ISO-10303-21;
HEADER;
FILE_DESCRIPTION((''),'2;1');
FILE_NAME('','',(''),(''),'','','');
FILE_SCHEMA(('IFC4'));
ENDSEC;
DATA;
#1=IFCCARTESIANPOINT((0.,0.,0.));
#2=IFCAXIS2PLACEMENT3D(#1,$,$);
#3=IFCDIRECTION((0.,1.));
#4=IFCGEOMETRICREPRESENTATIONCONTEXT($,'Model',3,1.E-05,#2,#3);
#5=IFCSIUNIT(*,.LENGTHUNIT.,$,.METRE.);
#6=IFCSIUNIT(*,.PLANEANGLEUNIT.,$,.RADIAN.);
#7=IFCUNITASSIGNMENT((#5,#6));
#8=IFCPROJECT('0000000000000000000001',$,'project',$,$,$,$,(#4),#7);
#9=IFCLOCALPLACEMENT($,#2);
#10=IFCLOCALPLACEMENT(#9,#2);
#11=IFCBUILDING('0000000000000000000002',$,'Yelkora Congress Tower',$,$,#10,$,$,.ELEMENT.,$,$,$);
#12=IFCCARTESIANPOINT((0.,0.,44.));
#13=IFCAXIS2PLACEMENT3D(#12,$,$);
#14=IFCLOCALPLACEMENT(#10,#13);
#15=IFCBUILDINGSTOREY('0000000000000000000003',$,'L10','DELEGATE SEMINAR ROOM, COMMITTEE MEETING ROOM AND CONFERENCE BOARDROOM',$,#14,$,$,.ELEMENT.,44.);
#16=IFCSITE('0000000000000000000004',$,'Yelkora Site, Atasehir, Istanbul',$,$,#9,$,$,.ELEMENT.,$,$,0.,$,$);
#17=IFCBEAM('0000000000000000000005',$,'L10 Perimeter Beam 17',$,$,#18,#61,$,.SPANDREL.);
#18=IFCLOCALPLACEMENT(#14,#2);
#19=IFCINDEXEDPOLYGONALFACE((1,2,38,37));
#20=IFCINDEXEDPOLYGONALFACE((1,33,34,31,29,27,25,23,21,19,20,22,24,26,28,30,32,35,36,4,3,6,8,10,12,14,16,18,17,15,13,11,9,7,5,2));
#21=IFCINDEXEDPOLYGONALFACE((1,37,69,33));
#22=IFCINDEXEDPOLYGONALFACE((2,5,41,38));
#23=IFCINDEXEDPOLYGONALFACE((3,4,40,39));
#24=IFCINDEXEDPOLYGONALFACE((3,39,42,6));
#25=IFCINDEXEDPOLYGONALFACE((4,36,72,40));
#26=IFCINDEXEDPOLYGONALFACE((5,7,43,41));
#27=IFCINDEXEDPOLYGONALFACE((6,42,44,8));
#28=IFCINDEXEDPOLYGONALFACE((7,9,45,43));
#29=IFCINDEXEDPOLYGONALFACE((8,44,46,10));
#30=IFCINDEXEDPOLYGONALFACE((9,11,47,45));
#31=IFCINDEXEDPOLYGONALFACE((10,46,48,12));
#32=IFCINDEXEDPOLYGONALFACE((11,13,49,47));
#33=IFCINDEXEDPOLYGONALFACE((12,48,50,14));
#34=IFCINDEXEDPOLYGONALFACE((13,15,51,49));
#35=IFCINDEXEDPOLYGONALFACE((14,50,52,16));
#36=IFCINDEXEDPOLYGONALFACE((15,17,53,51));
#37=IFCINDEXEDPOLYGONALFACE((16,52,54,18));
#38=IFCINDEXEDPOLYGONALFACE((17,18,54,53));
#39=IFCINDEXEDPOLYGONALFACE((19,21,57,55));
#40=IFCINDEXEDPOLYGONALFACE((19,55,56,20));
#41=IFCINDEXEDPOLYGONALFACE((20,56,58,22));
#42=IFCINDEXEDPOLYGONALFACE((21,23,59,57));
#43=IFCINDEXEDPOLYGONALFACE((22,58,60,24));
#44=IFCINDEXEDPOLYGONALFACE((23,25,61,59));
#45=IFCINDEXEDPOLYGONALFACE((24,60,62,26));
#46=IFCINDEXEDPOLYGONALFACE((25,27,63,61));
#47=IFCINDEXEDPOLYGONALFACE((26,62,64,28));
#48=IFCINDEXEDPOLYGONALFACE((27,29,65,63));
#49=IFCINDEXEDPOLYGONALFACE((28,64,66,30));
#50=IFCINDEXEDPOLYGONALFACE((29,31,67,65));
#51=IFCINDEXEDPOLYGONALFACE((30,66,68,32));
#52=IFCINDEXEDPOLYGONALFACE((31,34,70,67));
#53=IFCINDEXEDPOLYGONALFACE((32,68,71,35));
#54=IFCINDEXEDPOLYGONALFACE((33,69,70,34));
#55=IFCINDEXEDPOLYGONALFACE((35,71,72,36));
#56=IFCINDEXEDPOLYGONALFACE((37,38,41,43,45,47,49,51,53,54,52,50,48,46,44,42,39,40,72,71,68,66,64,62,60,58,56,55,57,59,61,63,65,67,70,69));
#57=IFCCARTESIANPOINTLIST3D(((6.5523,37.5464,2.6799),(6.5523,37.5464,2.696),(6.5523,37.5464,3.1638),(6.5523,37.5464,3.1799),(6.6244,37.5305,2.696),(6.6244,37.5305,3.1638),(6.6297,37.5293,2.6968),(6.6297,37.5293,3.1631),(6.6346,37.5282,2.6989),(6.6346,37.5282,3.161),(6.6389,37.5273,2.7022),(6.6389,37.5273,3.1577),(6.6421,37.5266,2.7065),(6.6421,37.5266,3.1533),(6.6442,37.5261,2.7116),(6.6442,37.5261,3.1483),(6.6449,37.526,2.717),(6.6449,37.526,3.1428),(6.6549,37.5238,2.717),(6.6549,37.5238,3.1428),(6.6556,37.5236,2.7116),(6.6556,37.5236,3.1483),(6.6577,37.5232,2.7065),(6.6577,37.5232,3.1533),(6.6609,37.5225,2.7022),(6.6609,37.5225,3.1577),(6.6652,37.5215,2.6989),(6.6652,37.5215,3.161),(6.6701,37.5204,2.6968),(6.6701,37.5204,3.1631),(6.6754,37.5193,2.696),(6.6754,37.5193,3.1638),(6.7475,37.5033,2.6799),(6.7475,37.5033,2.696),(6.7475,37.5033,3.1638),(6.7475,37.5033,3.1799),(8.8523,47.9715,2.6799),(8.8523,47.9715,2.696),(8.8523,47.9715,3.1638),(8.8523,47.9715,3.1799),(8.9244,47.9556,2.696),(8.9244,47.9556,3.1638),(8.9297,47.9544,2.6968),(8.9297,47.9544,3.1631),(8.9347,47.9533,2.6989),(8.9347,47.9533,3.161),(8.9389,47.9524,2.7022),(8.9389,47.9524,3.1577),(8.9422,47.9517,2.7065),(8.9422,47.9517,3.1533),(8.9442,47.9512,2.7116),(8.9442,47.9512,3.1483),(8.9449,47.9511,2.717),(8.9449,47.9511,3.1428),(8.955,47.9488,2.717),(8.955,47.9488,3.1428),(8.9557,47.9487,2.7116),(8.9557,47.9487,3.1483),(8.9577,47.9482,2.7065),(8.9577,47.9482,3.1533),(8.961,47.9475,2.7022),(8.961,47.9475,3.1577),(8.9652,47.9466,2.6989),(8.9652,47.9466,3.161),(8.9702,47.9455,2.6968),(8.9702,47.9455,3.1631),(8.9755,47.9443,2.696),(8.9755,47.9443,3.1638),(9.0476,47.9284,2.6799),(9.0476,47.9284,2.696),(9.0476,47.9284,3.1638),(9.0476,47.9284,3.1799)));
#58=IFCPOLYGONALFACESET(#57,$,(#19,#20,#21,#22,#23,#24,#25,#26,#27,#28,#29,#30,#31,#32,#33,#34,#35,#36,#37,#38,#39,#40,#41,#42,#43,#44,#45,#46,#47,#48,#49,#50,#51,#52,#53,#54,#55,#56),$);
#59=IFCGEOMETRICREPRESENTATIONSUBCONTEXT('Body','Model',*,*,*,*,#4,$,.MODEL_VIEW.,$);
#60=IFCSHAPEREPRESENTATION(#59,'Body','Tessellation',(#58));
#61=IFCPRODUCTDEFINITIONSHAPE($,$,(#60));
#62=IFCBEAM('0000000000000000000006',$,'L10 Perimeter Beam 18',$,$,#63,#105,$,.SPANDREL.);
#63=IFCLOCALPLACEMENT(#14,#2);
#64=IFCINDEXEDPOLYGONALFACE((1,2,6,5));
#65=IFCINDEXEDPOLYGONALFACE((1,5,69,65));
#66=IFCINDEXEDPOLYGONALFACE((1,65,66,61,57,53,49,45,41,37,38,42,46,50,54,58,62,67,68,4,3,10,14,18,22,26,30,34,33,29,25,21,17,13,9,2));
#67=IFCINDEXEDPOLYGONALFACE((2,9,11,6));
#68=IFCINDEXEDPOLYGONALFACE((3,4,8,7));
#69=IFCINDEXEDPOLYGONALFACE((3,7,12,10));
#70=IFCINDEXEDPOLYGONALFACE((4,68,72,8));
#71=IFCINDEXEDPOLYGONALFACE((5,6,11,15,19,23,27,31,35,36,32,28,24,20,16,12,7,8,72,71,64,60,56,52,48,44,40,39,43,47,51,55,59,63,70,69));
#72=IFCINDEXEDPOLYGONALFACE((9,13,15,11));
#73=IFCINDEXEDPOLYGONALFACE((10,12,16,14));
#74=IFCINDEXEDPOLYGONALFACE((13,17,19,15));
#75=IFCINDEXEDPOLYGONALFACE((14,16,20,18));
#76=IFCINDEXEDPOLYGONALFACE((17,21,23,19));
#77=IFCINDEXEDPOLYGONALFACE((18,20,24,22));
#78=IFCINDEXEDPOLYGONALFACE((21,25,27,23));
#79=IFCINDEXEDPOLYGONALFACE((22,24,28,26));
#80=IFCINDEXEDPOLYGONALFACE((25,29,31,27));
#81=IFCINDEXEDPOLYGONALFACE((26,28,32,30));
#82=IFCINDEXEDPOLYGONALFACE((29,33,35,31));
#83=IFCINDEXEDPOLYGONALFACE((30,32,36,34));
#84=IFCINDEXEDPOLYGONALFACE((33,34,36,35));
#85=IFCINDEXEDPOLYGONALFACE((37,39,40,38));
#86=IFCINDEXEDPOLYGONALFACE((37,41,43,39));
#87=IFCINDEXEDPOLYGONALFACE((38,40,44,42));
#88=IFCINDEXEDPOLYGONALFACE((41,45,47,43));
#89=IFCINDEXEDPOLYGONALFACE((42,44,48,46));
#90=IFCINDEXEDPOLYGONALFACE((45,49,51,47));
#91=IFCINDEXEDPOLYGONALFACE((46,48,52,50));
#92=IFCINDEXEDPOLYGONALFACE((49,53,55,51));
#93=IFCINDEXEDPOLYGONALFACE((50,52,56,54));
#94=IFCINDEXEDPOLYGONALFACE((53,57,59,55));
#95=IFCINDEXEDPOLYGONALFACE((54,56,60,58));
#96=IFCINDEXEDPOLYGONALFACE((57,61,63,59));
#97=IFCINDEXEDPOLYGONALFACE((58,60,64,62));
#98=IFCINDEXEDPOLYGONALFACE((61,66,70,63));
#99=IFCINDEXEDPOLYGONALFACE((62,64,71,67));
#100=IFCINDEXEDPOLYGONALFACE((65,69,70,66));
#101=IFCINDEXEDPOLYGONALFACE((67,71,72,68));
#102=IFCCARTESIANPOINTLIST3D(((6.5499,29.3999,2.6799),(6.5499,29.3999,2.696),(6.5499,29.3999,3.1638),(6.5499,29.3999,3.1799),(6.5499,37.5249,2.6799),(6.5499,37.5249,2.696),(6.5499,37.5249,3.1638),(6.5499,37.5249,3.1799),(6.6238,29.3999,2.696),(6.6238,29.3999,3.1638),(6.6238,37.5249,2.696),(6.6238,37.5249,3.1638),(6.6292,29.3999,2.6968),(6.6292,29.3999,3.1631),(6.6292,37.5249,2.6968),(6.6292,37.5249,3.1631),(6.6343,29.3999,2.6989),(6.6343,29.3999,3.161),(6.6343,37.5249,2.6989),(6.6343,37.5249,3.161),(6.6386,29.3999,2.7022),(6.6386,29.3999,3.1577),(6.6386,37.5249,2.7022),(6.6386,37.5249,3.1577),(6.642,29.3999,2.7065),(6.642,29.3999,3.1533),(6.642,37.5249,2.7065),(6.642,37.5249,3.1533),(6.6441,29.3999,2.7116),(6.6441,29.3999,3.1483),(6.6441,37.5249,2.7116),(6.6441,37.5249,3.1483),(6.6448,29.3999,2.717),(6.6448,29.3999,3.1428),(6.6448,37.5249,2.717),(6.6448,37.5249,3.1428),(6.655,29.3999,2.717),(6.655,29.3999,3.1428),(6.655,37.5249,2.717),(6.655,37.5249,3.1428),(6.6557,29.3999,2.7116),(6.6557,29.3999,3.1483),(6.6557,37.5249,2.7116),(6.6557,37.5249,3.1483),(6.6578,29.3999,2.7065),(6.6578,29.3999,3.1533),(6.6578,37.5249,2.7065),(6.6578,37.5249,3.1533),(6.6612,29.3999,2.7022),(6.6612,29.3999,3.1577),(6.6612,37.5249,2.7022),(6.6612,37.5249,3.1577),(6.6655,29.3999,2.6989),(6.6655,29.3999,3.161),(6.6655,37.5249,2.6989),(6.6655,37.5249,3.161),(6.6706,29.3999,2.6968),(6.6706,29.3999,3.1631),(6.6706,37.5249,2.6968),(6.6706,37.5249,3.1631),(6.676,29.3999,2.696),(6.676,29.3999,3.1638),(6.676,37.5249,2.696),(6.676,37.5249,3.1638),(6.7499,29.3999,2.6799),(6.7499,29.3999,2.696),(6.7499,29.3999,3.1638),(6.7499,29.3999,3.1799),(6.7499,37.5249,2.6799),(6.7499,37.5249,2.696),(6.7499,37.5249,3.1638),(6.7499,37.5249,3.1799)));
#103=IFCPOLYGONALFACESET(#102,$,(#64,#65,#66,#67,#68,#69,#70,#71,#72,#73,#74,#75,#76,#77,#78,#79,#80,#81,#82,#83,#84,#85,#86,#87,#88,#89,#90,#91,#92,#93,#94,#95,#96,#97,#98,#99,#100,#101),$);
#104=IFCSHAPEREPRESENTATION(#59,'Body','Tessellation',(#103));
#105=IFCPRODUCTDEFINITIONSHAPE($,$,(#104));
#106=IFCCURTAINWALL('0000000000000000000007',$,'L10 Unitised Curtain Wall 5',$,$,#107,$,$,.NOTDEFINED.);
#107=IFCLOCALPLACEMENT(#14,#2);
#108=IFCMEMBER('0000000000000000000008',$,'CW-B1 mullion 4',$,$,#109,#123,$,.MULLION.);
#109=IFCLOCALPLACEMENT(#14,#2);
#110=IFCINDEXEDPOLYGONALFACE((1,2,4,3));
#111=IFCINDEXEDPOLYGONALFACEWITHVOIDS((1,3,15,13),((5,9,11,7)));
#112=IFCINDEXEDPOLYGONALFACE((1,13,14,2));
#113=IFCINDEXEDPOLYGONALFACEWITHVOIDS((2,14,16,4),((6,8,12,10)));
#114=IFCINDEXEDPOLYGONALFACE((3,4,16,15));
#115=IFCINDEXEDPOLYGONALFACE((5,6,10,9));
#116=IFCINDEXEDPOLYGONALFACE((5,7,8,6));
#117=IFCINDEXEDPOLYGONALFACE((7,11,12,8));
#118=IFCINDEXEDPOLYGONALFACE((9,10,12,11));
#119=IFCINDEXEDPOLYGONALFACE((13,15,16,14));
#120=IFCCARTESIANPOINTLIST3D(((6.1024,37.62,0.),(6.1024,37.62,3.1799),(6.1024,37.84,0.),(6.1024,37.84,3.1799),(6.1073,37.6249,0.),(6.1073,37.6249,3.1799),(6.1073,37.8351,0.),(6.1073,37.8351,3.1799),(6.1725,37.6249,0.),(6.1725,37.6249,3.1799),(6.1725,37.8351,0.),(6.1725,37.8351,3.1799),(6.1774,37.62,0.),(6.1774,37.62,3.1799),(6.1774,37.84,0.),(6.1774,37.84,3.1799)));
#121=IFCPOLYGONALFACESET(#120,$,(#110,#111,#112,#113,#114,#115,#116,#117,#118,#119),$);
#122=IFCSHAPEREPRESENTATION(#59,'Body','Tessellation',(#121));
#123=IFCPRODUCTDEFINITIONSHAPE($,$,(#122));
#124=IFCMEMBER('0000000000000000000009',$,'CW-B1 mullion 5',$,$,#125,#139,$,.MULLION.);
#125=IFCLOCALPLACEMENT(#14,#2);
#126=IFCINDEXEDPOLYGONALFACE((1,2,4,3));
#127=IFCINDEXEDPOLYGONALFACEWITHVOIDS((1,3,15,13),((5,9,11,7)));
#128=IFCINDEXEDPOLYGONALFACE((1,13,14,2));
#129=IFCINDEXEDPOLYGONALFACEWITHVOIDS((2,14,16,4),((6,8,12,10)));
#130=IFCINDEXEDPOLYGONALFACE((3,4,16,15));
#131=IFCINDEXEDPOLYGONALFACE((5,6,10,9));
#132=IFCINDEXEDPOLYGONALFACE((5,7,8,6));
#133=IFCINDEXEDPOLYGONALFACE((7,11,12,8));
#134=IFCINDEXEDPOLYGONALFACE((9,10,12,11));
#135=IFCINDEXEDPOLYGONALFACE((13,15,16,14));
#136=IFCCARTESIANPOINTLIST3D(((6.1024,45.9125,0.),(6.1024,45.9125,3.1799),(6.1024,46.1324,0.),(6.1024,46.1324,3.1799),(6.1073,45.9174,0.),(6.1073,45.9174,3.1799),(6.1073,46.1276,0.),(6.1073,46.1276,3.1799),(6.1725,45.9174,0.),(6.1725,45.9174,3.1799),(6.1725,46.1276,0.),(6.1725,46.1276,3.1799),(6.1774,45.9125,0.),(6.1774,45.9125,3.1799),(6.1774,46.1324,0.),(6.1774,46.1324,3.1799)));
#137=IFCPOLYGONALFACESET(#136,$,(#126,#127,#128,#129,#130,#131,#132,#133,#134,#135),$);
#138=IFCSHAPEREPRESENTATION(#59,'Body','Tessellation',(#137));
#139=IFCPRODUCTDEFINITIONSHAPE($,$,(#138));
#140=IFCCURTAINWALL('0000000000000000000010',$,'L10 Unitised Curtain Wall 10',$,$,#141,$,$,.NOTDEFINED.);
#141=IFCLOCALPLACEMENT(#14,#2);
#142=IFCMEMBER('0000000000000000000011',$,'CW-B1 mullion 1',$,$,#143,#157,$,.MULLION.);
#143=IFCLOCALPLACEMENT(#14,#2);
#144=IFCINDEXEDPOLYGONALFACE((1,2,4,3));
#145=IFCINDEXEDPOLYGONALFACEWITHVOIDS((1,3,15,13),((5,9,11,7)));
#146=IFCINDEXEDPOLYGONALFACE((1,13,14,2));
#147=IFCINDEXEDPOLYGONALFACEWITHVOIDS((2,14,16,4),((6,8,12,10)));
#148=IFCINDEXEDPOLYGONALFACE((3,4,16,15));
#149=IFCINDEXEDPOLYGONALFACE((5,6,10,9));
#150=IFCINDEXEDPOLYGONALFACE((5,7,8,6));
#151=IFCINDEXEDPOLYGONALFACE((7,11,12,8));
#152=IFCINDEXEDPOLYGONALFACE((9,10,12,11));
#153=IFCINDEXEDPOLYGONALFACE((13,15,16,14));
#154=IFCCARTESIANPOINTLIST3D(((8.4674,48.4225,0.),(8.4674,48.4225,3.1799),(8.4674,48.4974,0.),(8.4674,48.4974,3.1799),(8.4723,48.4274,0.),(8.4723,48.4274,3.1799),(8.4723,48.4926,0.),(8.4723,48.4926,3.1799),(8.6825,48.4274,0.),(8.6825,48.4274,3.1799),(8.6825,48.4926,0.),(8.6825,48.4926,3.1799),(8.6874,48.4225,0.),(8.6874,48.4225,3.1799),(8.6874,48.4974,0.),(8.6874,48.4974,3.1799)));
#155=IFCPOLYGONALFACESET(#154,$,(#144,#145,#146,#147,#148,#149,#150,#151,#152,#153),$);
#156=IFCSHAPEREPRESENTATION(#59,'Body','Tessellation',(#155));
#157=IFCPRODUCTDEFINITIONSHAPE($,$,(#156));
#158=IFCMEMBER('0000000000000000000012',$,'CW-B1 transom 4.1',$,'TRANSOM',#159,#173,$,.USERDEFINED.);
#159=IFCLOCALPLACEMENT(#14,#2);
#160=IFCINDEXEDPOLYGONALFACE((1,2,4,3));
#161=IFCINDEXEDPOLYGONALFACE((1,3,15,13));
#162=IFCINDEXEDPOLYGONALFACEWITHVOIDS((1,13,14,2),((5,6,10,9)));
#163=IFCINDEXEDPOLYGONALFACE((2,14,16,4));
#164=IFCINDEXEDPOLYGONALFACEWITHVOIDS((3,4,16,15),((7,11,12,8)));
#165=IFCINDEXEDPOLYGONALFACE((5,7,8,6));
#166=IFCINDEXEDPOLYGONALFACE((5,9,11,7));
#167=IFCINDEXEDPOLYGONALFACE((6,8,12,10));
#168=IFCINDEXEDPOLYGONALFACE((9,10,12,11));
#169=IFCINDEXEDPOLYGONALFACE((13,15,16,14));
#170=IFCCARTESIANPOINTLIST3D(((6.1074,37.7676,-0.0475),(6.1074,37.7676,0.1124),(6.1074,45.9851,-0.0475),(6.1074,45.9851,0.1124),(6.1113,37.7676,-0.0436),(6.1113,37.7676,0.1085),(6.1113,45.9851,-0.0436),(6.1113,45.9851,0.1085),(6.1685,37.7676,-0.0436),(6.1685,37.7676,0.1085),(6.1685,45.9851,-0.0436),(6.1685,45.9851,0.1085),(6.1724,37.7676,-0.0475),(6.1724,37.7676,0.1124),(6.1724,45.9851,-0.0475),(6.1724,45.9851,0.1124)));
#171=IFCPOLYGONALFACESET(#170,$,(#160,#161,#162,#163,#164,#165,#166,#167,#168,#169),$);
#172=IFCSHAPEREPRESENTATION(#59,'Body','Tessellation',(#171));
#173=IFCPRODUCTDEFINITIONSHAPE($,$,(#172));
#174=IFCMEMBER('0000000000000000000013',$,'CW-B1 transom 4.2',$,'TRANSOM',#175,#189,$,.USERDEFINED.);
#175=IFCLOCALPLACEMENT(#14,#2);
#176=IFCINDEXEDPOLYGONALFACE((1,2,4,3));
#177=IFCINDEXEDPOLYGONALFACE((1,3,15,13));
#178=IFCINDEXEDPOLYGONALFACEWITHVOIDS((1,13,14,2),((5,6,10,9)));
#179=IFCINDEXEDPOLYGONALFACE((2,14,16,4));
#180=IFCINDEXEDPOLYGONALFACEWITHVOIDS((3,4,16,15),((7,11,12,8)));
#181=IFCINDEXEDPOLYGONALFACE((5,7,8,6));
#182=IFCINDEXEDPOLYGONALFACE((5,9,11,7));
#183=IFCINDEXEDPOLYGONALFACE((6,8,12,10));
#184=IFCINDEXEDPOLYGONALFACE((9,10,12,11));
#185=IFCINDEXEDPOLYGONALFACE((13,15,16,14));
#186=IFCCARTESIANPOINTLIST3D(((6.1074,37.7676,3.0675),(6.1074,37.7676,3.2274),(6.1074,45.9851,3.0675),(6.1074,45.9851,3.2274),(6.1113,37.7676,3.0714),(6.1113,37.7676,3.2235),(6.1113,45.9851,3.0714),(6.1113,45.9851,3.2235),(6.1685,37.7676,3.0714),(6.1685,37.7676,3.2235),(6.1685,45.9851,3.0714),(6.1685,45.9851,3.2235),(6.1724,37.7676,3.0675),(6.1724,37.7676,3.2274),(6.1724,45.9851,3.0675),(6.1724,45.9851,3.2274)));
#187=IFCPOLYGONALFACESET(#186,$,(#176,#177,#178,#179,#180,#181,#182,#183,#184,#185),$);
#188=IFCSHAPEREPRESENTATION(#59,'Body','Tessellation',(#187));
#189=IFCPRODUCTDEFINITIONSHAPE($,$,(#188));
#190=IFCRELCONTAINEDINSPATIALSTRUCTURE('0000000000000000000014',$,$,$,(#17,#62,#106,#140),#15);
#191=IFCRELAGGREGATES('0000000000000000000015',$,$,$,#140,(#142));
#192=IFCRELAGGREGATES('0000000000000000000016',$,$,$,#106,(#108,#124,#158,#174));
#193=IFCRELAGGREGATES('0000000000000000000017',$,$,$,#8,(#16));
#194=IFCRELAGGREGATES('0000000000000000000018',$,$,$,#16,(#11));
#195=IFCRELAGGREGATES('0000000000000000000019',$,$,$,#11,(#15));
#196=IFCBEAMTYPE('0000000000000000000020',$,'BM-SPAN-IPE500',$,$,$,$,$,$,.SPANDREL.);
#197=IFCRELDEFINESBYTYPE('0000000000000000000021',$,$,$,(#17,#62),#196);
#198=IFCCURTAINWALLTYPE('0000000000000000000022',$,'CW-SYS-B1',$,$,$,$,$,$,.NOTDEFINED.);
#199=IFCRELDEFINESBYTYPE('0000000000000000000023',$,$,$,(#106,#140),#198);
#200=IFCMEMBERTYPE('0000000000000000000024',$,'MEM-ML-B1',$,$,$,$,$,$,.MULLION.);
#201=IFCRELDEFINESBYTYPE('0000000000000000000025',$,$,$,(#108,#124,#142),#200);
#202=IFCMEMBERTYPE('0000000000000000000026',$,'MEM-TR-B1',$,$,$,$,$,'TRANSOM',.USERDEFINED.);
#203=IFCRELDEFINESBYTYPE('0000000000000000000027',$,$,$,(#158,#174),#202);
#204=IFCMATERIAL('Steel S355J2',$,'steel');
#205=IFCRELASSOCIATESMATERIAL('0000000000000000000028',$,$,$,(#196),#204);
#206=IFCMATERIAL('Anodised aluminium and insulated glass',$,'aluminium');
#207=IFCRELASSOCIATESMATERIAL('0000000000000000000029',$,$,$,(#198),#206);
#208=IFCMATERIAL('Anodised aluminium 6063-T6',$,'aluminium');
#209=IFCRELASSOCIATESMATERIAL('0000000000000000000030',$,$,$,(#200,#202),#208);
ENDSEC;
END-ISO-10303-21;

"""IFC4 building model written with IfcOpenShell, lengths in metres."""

from ifc_helpers import new_model, si_unit, direction, frame, origin, origin_2d, place, context, subcontext, project, spatial, hollow_rectangle, i_section, extrude, material, material_profile, profile_set, type_object, element, aggregate, save


model = new_model("IFC4")

# Units and contexts
model_context = context("Model", 3, precision=1e-05, world=origin(), true_north=direction((0.0, 1.0)))
body_context = subcontext(model_context, "Body", "Model", "MODEL_VIEW")
ifc_project = project(units=[si_unit("LENGTHUNIT", "METRE"), si_unit("PLANEANGLEUNIT", "RADIAN")], contexts=[model_context])

# Site, building, storey
site_placement = place(None, origin())
site = spatial("IfcSite", under=ifc_project, at=site_placement, Name="Yelkora Site, Atasehir, Istanbul", CompositionType="ELEMENT", RefElevation=0.0)
building_placement = place(site_placement, origin())
building = spatial("IfcBuilding", under=site, at=building_placement, Name="Yelkora Congress Tower", CompositionType="ELEMENT")
storey_placement = place(building_placement, frame((0.0, 0.0, 44.0)))
storey = spatial("IfcBuildingStorey", under=building, at=storey_placement, Name="L10", Description="DELEGATE SEMINAR ROOM, COMMITTEE MEETING ROOM AND CONFERENCE BOARDROOM", CompositionType="ELEMENT", Elevation=44.0)

# Beams
ifc_material_1 = material(Name="Steel S355J2", Category="steel")
ifc_material_profile_1 = material_profile(ifc_material_1, i_section(OverallWidth=0.2, OverallDepth=0.5, WebThickness=0.0103, FlangeThickness=0.0161, FilletRadius=0.021, at=origin_2d()), Name="IPE 500")
ifc_profile_set_1 = profile_set([ifc_material_profile_1], Name="Steel S355J2")
beam_type_1 = type_object("IfcBeamType", Name="BM-SPAN-IPE500", PredefinedType="SPANDREL", material=ifc_profile_set_1)
beam_1_placement = place(storey_placement, frame((8.95, 47.95, 2.9299), z_axis=(-0.215446, -0.976516, 0.0), x_axis=(0.976516, -0.215446, 0.0)))
element("IfcBeam", 1, at=beam_1_placement, inside=storey, type_object=beam_type_1, Name="L10 Perimeter Beam 17", PredefinedType="SPANDREL", context=body_context, shape_type="SweptSolid", body=[
    extrude(i_section(OverallWidth=0.2, OverallDepth=0.5, WebThickness=0.0103, FlangeThickness=0.0161, FilletRadius=0.021, at=origin_2d()), origin(), (0.0, 0.0, 1.0), 10.6758),
])
beam_2_placement = place(storey_placement, frame((6.6499, 37.5249, 2.9299), z_axis=(0.0, -1.0, 0.0), x_axis=(1.0, 0.0, 0.0)))
element("IfcBeam", 2, at=beam_2_placement, inside=storey, type_object=beam_type_1, Name="L10 Perimeter Beam 18", PredefinedType="SPANDREL", context=body_context, shape_type="SweptSolid", body=[
    extrude(i_section(OverallWidth=0.2, OverallDepth=0.5, WebThickness=0.0103, FlangeThickness=0.0161, FilletRadius=0.021, at=origin_2d()), origin(), (0.0, 0.0, 1.0), 8.125),
])

# Curtain wall, members
ifc_material_2 = material(Name="Anodised aluminium and insulated glass", Category="aluminium")
curtain_wall_type = type_object("IfcCurtainWallType", Name="CW-SYS-B1", PredefinedType="NOTDEFINED", material=ifc_material_2)
curtain_wall_1_placement = place(storey_placement, origin())
curtain_wall_1 = element("IfcCurtainWall", 3, at=curtain_wall_1_placement, inside=storey, type_object=curtain_wall_type, Name="L10 Unitised Curtain Wall 5", PredefinedType="NOTDEFINED")
ifc_material_3 = material(Name="Anodised aluminium 6063-T6", Category="aluminium")
ifc_material_profile_2 = material_profile(ifc_material_3, hollow_rectangle(XDim=0.075, YDim=0.22, WallThickness=0.0049, at=origin_2d()), Name="ALU 75x220x5")
ifc_profile_set_2 = profile_set([ifc_material_profile_2], Name="Anodised aluminium 6063-T6")
member_type_1 = type_object("IfcMemberType", Name="MEM-ML-B1", PredefinedType="MULLION", material=ifc_profile_set_2)
member_1_placement = place(storey_placement, frame((6.1399, 37.73, 0.0), z_axis=(0.0, 0.0, 1.0), x_axis=(-1.0, 0.0, 0.0)))
member_1 = element("IfcMember", 4, at=member_1_placement, type_object=member_type_1, Name="CW-B1 mullion 4", PredefinedType="MULLION", context=body_context, shape_type="SweptSolid", body=[
    extrude(hollow_rectangle(XDim=0.075, YDim=0.22, WallThickness=0.0049, at=origin_2d()), origin(), (0.0, 0.0, 1.0), 3.1799),
])
member_2_placement = place(storey_placement, frame((6.1399, 46.0225, 0.0), z_axis=(0.0, 0.0, 1.0), x_axis=(-1.0, 0.0, 0.0)))
member_2 = element("IfcMember", 5, at=member_2_placement, type_object=member_type_1, Name="CW-B1 mullion 5", PredefinedType="MULLION", context=body_context, shape_type="SweptSolid", body=[
    extrude(hollow_rectangle(XDim=0.075, YDim=0.22, WallThickness=0.0049, at=origin_2d()), origin(), (0.0, 0.0, 1.0), 3.1799),
])

# Curtain wall, member
curtain_wall_2_placement = place(storey_placement, origin())
curtain_wall_2 = element("IfcCurtainWall", 6, at=curtain_wall_2_placement, inside=storey, type_object=curtain_wall_type, Name="L10 Unitised Curtain Wall 10", PredefinedType="NOTDEFINED")
member_3_placement = place(storey_placement, frame((8.5774, 48.46, 0.0), z_axis=(0.0, 0.0, 1.0), x_axis=(0.0, 1.0, 0.0)))
member_3 = element("IfcMember", 7, at=member_3_placement, type_object=member_type_1, Name="CW-B1 mullion 1", PredefinedType="MULLION", context=body_context, shape_type="SweptSolid", body=[
    extrude(hollow_rectangle(XDim=0.075, YDim=0.22, WallThickness=0.0049, at=origin_2d()), origin(), (0.0, 0.0, 1.0), 3.1799),
])

# Members
ifc_material_profile_3 = material_profile(ifc_material_3, hollow_rectangle(XDim=0.0649, YDim=0.1599, WallThickness=0.0039, at=origin_2d()), Name="ALU 65x160x4")
ifc_profile_set_3 = profile_set([ifc_material_profile_3], Name="Anodised aluminium 6063-T6")
member_type_2 = type_object("IfcMemberType", Name="MEM-TR-B1", ElementType="TRANSOM", PredefinedType="USERDEFINED", material=ifc_profile_set_3)
member_4_placement = place(storey_placement, frame((6.1399, 37.7676, 0.0325), z_axis=(0.0, 1.0, 0.0), x_axis=(-1.0, 0.0, 0.0)))
member_4 = element("IfcMember", 8, at=member_4_placement, type_object=member_type_2, Name="CW-B1 transom 4.1", ObjectType="TRANSOM", PredefinedType="USERDEFINED", context=body_context, shape_type="SweptSolid", body=[
    extrude(hollow_rectangle(XDim=0.0649, YDim=0.1599, WallThickness=0.0039, at=origin_2d()), origin(), (0.0, 0.0, 1.0), 8.2175),
])
member_5_placement = place(storey_placement, frame((6.1399, 37.7676, 3.1475), z_axis=(0.0, 1.0, 0.0), x_axis=(-1.0, 0.0, 0.0)))
member_5 = element("IfcMember", 9, at=member_5_placement, type_object=member_type_2, Name="CW-B1 transom 4.2", ObjectType="TRANSOM", PredefinedType="USERDEFINED", context=body_context, shape_type="SweptSolid", body=[
    extrude(hollow_rectangle(XDim=0.0649, YDim=0.1599, WallThickness=0.0039, at=origin_2d()), origin(), (0.0, 0.0, 1.0), 8.2175),
])
aggregate(curtain_wall_2, [member_3])

aggregate(curtain_wall_1, [member_1, member_2, member_4, member_5])

save(model, "model.ifc")
